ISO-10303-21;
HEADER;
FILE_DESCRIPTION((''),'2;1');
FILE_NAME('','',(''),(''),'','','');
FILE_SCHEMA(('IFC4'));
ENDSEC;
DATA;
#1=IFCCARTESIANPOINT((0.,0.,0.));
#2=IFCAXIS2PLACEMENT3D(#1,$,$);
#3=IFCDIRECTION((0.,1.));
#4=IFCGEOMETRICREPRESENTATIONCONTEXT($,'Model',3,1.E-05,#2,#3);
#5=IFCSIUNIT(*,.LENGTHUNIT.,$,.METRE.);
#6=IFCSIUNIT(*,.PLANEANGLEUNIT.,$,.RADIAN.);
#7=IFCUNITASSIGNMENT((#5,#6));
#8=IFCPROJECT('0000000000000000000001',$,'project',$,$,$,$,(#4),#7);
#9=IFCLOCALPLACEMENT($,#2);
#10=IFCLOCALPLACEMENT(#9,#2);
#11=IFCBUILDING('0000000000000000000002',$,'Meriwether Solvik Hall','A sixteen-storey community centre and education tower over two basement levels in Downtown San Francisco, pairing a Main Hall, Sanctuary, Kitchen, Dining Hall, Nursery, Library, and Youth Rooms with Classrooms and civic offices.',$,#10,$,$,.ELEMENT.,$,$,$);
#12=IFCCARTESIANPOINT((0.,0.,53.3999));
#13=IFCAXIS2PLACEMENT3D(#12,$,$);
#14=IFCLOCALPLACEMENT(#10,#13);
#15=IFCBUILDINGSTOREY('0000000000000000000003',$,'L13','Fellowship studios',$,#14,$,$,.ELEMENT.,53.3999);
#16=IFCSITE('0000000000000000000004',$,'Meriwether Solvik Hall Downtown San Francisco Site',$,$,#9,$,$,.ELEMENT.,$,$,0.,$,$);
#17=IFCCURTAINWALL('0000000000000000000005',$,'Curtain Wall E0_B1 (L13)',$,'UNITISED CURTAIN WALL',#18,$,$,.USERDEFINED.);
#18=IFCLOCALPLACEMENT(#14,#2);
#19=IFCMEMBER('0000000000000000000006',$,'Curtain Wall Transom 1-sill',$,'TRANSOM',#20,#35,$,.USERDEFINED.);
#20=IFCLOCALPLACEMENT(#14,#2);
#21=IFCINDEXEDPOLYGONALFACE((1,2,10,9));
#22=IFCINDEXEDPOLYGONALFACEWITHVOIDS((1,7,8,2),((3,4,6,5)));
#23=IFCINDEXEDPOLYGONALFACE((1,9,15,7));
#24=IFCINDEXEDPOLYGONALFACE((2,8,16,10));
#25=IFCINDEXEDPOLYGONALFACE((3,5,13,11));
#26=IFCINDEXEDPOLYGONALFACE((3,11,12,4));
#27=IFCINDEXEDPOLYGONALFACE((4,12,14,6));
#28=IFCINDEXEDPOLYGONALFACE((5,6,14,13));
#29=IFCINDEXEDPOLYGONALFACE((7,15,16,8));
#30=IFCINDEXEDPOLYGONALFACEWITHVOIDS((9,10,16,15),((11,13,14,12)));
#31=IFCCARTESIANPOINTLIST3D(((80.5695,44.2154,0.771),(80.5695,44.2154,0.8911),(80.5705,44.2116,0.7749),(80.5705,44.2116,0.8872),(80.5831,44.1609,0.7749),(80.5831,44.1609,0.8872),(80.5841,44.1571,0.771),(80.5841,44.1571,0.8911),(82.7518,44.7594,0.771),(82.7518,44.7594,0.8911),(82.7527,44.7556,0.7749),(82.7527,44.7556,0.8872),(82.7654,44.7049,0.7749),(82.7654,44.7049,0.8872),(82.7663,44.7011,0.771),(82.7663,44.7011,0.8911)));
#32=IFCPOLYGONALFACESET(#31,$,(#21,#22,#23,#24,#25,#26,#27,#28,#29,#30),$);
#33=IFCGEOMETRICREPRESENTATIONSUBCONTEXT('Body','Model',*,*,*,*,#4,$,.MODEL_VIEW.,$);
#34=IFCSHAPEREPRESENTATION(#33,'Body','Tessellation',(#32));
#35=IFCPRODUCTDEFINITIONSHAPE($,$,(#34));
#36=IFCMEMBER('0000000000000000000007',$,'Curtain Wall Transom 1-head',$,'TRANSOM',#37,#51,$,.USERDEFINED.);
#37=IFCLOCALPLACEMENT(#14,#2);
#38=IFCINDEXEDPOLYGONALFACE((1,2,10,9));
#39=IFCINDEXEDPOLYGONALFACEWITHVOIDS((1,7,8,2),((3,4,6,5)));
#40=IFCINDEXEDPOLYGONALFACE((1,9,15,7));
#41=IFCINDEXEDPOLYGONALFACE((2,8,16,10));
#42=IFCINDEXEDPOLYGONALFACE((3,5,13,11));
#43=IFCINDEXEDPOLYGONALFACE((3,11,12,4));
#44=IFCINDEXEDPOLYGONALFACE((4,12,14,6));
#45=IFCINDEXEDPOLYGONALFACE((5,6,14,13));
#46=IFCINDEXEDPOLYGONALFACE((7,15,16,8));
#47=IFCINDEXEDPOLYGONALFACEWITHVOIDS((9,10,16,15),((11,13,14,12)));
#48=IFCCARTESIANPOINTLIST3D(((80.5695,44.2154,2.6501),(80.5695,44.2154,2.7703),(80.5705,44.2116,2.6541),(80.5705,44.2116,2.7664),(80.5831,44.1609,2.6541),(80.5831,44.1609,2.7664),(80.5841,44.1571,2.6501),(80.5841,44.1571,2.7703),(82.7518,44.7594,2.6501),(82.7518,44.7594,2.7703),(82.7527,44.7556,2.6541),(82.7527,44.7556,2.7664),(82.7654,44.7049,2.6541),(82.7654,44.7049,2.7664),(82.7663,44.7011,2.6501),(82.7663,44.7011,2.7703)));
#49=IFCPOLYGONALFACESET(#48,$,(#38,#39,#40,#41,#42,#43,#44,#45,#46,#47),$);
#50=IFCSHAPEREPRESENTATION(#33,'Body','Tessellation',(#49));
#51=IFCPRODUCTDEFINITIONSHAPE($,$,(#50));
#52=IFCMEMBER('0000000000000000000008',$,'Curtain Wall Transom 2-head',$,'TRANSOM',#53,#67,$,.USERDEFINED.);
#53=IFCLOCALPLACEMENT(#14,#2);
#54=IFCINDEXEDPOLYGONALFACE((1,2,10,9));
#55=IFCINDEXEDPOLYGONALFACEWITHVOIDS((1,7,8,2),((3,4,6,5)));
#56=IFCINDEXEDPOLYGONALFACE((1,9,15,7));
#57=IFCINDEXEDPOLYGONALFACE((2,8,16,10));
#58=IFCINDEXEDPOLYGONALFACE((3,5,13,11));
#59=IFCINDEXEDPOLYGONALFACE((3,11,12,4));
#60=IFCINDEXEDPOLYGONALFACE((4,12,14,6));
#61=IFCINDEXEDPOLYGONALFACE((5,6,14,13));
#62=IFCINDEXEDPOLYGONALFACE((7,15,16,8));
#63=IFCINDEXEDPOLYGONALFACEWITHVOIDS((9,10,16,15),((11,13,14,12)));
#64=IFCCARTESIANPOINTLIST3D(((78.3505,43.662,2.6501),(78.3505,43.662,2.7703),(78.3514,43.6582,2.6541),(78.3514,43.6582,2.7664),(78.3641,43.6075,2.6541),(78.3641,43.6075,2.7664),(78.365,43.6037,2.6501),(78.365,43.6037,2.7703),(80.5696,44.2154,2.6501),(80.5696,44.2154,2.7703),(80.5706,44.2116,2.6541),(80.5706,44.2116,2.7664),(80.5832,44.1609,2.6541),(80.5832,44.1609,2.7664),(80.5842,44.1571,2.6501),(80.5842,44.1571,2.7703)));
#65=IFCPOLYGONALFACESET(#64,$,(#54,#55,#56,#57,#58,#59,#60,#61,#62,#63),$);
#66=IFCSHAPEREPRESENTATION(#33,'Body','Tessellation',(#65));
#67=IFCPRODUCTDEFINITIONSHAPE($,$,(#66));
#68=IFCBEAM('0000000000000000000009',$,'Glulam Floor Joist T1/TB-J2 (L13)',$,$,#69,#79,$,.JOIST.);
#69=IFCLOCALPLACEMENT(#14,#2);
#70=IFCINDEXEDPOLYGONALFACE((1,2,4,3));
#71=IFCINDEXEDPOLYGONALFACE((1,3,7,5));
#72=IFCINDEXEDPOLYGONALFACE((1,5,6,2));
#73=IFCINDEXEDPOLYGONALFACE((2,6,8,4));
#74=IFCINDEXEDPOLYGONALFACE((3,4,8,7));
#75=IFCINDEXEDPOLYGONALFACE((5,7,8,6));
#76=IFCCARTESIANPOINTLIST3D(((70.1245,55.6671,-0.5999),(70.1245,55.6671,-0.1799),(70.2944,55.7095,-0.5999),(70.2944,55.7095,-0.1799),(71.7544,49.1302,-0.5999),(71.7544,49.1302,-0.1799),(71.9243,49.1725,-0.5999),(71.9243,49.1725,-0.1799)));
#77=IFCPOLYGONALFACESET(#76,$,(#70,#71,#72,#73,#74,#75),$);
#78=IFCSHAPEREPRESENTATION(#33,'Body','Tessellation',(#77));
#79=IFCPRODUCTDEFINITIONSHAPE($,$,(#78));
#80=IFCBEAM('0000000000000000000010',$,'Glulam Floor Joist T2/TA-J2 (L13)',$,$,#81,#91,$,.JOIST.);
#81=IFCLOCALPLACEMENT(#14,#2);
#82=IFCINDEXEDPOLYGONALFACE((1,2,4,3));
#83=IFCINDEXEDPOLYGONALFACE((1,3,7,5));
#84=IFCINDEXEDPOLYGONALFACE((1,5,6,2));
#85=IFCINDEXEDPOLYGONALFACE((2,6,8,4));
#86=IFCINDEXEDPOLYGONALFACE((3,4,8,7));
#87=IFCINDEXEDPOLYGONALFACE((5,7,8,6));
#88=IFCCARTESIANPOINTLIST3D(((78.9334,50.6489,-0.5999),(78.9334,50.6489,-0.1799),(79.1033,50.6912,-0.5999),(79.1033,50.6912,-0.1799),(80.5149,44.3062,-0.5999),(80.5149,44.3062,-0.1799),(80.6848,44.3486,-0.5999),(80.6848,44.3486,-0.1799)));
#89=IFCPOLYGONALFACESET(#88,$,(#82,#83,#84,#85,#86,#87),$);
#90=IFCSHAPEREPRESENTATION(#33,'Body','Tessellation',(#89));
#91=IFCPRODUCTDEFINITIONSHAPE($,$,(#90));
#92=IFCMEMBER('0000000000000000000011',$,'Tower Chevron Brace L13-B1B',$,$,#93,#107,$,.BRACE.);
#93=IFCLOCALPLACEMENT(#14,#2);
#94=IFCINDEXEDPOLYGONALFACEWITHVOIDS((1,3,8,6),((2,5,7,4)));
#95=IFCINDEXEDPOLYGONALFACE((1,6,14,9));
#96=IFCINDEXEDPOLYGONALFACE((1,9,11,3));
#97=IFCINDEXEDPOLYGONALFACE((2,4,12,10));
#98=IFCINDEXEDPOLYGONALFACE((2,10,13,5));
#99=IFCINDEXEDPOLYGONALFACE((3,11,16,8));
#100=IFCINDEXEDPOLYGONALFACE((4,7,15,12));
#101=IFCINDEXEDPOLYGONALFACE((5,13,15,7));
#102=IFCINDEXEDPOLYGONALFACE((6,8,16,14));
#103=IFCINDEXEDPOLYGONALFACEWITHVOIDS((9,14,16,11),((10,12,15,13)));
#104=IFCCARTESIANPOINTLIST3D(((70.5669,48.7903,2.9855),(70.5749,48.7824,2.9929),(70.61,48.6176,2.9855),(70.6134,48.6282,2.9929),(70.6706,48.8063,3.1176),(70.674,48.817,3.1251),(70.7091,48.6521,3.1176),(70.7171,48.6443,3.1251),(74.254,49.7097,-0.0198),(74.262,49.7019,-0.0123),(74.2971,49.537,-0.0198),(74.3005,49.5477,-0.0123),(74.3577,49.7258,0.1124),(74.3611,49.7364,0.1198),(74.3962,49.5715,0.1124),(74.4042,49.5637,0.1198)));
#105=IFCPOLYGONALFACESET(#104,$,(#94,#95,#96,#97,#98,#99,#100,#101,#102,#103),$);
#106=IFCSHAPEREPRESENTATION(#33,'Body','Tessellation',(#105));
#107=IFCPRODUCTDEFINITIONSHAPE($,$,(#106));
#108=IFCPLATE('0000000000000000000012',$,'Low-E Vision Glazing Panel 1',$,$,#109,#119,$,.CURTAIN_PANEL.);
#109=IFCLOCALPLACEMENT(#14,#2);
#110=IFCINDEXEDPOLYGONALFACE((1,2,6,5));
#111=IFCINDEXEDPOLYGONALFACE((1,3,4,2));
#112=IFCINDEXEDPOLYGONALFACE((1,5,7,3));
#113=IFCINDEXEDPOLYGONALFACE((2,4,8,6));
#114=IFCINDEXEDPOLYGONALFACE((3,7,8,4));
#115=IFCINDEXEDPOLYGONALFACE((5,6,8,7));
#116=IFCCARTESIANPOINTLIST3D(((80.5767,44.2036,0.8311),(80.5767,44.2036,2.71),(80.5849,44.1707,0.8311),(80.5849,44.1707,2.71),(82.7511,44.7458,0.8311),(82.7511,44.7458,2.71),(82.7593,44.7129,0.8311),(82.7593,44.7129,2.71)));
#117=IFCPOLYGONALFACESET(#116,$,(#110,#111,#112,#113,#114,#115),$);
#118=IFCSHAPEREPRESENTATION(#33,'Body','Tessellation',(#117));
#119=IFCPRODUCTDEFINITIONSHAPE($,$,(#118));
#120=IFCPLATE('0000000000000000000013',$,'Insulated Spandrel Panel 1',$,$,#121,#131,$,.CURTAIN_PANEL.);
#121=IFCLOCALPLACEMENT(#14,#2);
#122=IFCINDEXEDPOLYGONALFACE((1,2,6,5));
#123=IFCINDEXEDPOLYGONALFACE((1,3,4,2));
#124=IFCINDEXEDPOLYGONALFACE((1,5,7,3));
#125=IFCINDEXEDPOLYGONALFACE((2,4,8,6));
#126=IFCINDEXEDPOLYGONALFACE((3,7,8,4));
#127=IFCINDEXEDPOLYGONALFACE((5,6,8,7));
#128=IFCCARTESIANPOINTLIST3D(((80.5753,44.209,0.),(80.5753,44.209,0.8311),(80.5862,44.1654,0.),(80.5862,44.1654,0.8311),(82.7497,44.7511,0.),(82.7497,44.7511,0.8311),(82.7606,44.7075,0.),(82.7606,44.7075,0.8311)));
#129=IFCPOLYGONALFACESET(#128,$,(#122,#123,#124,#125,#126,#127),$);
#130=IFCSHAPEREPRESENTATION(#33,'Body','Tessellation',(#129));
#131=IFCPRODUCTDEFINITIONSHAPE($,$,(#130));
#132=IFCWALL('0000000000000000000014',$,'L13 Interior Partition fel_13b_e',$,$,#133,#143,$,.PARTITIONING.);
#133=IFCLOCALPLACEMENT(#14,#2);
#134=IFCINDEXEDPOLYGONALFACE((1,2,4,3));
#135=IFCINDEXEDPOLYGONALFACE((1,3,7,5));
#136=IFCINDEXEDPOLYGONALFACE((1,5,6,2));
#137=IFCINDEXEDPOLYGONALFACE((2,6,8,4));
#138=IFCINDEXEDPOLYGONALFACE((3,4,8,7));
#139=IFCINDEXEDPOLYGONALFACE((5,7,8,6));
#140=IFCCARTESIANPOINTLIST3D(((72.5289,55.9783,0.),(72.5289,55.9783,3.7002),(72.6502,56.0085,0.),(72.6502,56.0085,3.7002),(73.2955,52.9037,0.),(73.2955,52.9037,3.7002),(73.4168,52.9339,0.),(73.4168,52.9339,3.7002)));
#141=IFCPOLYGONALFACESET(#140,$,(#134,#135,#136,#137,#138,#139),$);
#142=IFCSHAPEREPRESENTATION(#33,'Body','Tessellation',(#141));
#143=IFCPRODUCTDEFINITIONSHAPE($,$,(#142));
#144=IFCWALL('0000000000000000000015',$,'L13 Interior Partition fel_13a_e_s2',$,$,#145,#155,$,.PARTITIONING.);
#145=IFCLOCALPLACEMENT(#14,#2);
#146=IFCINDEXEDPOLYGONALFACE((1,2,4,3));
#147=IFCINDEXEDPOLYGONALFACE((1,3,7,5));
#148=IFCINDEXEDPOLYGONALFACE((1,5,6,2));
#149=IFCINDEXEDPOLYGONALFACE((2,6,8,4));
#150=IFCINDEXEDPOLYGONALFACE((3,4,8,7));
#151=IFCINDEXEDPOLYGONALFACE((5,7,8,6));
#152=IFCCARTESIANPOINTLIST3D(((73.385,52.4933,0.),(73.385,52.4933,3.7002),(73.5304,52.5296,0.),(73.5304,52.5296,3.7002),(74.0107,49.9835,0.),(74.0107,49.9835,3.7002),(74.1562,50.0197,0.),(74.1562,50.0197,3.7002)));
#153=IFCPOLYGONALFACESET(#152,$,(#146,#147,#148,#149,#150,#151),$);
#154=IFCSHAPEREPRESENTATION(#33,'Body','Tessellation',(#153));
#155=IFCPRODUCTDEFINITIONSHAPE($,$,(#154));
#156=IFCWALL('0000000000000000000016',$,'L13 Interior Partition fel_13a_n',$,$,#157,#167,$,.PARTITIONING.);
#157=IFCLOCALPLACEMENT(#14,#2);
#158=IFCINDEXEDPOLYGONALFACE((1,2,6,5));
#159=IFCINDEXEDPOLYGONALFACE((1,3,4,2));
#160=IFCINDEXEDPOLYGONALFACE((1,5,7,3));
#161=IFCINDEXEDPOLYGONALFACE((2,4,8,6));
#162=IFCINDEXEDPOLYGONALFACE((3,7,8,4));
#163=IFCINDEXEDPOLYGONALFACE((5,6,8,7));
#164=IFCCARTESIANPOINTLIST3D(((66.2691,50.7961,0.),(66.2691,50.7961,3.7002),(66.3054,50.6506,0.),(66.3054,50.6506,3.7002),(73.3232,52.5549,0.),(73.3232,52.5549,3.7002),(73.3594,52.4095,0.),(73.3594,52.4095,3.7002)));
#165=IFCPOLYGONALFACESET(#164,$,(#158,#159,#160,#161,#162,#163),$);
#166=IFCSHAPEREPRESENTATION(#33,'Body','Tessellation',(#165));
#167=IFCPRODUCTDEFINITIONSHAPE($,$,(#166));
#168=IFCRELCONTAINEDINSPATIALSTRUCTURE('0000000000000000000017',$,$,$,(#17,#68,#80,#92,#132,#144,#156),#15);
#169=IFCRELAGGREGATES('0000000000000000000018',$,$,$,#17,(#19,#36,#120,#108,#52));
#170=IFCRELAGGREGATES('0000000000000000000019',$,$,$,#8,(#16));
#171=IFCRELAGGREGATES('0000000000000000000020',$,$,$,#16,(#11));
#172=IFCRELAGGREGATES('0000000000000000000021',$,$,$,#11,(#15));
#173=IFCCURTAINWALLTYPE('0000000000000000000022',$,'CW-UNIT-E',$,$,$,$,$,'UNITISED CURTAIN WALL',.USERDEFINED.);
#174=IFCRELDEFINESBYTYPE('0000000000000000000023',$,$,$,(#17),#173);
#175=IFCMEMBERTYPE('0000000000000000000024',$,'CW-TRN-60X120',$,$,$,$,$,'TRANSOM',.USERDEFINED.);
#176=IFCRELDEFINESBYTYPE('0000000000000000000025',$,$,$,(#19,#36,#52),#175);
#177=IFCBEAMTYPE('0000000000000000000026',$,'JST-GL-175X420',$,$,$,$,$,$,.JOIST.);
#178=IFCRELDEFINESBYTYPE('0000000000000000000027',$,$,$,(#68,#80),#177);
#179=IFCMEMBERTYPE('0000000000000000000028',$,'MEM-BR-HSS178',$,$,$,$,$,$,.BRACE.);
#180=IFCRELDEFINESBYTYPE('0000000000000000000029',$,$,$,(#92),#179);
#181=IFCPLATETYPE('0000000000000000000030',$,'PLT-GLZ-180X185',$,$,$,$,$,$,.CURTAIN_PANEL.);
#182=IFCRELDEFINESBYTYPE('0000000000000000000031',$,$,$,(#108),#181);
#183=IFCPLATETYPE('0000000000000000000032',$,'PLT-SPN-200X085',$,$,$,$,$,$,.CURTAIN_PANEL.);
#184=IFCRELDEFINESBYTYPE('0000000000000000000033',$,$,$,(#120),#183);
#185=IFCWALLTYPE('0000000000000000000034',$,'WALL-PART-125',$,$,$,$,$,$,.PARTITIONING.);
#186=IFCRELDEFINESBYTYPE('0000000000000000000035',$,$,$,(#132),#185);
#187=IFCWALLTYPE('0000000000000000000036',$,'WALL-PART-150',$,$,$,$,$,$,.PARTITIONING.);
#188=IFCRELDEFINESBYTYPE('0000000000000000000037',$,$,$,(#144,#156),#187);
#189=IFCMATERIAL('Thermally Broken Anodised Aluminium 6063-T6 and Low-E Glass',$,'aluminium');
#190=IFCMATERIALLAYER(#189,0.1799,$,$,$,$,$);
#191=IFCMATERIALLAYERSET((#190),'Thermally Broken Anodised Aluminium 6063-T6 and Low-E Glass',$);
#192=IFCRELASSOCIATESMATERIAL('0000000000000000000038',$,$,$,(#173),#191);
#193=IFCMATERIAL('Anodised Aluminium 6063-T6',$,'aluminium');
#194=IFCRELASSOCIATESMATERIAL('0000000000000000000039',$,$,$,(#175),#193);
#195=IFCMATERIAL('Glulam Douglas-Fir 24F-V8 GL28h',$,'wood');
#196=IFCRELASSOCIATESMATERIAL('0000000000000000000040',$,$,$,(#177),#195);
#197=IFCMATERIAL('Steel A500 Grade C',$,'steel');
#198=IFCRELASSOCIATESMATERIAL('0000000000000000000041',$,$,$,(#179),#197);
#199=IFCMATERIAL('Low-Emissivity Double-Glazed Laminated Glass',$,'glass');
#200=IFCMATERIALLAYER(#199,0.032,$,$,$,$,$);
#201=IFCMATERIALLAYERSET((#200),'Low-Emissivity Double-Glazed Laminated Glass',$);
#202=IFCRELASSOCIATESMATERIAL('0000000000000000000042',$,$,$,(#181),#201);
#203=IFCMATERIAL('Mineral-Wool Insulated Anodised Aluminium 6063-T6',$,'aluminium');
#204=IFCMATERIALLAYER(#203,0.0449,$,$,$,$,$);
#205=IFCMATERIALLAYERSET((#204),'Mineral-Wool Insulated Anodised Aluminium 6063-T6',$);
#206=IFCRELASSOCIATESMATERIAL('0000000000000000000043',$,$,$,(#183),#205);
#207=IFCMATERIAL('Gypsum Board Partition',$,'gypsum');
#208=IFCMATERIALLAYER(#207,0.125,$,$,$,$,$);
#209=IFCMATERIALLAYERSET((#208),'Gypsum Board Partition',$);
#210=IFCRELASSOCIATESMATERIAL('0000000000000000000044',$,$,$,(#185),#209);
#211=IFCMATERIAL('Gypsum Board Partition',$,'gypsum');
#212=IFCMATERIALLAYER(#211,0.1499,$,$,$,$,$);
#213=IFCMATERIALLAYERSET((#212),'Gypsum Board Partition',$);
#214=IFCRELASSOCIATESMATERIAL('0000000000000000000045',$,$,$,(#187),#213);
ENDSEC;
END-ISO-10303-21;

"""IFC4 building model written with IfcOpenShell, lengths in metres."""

from ifc_helpers import new_model, si_unit, direction, frame, frame_2d, origin, origin_2d, place, context, subcontext, project, spatial, rectangle, hollow_rectangle, extrude, material, layer, layer_set, material_profile, profile_set, type_object, element, aggregate, save


model = new_model("IFC4")

# Units and contexts
model_context = context("Model", 3, precision=1e-05, world=origin(), true_north=direction((0.0, 1.0)))
body_context = subcontext(model_context, "Body", "Model", "MODEL_VIEW")
ifc_project = project(units=[si_unit("LENGTHUNIT", "METRE"), si_unit("PLANEANGLEUNIT", "RADIAN")], contexts=[model_context])

# Site, building, storey
site_placement = place(None, origin())
site = spatial("IfcSite", under=ifc_project, at=site_placement, Name="Meriwether Solvik Hall Downtown San Francisco Site", CompositionType="ELEMENT", RefElevation=0.0)
building_placement = place(site_placement, origin())
building = spatial("IfcBuilding", under=site, at=building_placement, Name="Meriwether Solvik Hall", Description="A sixteen-storey community centre and education tower over two basement levels in Downtown San Francisco, pairing a Main Hall, Sanctuary, Kitchen, Dining Hall, Nursery, Library, and Youth Rooms with Classrooms and civic offices.", CompositionType="ELEMENT")
storey_placement = place(building_placement, frame((0.0, 0.0, 53.3999)))
storey = spatial("IfcBuildingStorey", under=building, at=storey_placement, Name="L13", Description="Fellowship studios", CompositionType="ELEMENT", Elevation=53.3999)

# Curtain wall
ifc_material_1 = material(Name="Thermally Broken Anodised Aluminium 6063-T6 and Low-E Glass", Category="aluminium")
ifc_layer_1 = layer(ifc_material_1, 0.1799)
ifc_layer_set_1 = layer_set([ifc_layer_1], Name="Thermally Broken Anodised Aluminium 6063-T6 and Low-E Glass")
curtain_wall_type_1 = type_object("IfcCurtainWallType", Name="CW-UNIT-E", ElementType="UNITISED CURTAIN WALL", PredefinedType="USERDEFINED", material=ifc_layer_set_1)
curtain_wall_1_placement = place(storey_placement, origin())
curtain_wall_1 = element("IfcCurtainWall", 1, at=curtain_wall_1_placement, inside=storey, type_object=curtain_wall_type_1, Name="Curtain Wall E0_B1 (L13)", ObjectType="UNITISED CURTAIN WALL", PredefinedType="USERDEFINED")

# Members
ifc_material_2 = material(Name="Anodised Aluminium 6063-T6", Category="aluminium")
ifc_material_profile_1 = material_profile(ifc_material_2, hollow_rectangle(XDim=0.0601, YDim=0.1201, WallThickness=0.0039, at=origin_2d()), Name="CWT-60X120")
ifc_profile_set_1 = profile_set([ifc_material_profile_1], Name="Anodised Aluminium 6063-T6")
member_type_1 = type_object("IfcMemberType", Name="CW-TRN-60X120", ElementType="TRANSOM", PredefinedType="USERDEFINED", material=ifc_profile_set_1)
member_1_placement = place(storey_placement, frame((82.759, 44.7302, 0.8311), z_axis=(-0.970308, -0.241871, 0.0), x_axis=(0.241871, -0.970308, 0.0)))
member_1 = element("IfcMember", 2, at=member_1_placement, type_object=member_type_1, Name="Curtain Wall Transom 1-sill", ObjectType="TRANSOM", PredefinedType="USERDEFINED", context=body_context, shape_type="SweptSolid", body=[
    extrude(hollow_rectangle(XDim=0.0601, YDim=0.1201, WallThickness=0.0039, at=origin_2d()), origin(), (0.0, 0.0, 1.0), 2.249),
])
member_2_placement = place(storey_placement, frame((82.759, 44.7302, 2.7102), z_axis=(-0.970308, -0.241871, 0.0), x_axis=(0.241871, -0.970308, 0.0)))
member_2 = element("IfcMember", 3, at=member_2_placement, type_object=member_type_1, Name="Curtain Wall Transom 1-head", ObjectType="TRANSOM", PredefinedType="USERDEFINED", context=body_context, shape_type="SweptSolid", body=[
    extrude(hollow_rectangle(XDim=0.0601, YDim=0.1201, WallThickness=0.0039, at=origin_2d()), origin(), (0.0, 0.0, 1.0), 2.249),
])
member_3_placement = place(storey_placement, frame((80.5769, 44.1863, 2.7102), z_axis=(-0.97028, -0.241983, 0.0), x_axis=(0.241983, -0.97028, 0.0)))
member_3 = element("IfcMember", 4, at=member_3_placement, type_object=member_type_1, Name="Curtain Wall Transom 2-head", ObjectType="TRANSOM", PredefinedType="USERDEFINED", context=body_context, shape_type="SweptSolid", body=[
    extrude(hollow_rectangle(XDim=0.0601, YDim=0.1201, WallThickness=0.0039, at=origin_2d()), origin(), (0.0, 0.0, 1.0), 2.2871),
])

# Beams
ifc_material_3 = material(Name="Glulam Douglas-Fir 24F-V8 GL28h", Category="wood")
ifc_material_profile_2 = material_profile(ifc_material_3, rectangle(XDim=0.175, YDim=0.4199, at=origin_2d()), Name="GLJ-175X420")
ifc_profile_set_2 = profile_set([ifc_material_profile_2], Name="Glulam Douglas-Fir 24F-V8 GL28h")
beam_type_1 = type_object("IfcBeamType", Name="JST-GL-175X420", PredefinedType="JOIST", material=ifc_profile_set_2)
beam_1_placement = place(storey_placement, frame((71.8394, 49.1514, -0.3899), z_axis=(-0.24193, 0.970294, 0.0), x_axis=(-0.970294, -0.24193, 0.0)))
element("IfcBeam", 5, at=beam_1_placement, inside=storey, type_object=beam_type_1, Name="Glulam Floor Joist T1/TB-J2 (L13)", PredefinedType="JOIST", context=body_context, shape_type="SweptSolid", body=[
    extrude(rectangle(XDim=0.175, YDim=0.4199, at=origin_2d()), origin(), (0.0, 0.0, 1.0), 6.7371),
])
beam_2_placement = place(storey_placement, frame((80.5999, 44.3274, -0.3899), z_axis=(-0.241938, 0.970292, 0.0), x_axis=(-0.970292, -0.241938, 0.0)))
element("IfcBeam", 6, at=beam_2_placement, inside=storey, type_object=beam_type_1, Name="Glulam Floor Joist T2/TA-J2 (L13)", PredefinedType="JOIST", context=body_context, shape_type="SweptSolid", body=[
    extrude(rectangle(XDim=0.175, YDim=0.4199, at=origin_2d()), origin(), (0.0, 0.0, 1.0), 6.5369),
])

# Member
ifc_material_4 = material(Name="Steel A500 Grade C", Category="steel")
ifc_material_profile_3 = material_profile(ifc_material_4, hollow_rectangle(XDim=0.178, YDim=0.178, WallThickness=0.0095, at=origin_2d()), Name="HSS178X178X9.5")
ifc_profile_set_3 = profile_set([ifc_material_profile_3], Name="Steel A500 Grade C")
member_type_2 = type_object("IfcMemberType", Name="MEM-BR-HSS178", PredefinedType="BRACE", material=ifc_profile_set_3)
member_4_placement = place(storey_placement, frame((74.3291, 49.6367, 0.05), z_axis=(-0.761055, -0.189785, 0.620304), x_axis=(0.241961, -0.970286, 0.0)))
element("IfcMember", 7, at=member_4_placement, inside=storey, type_object=member_type_2, Name="Tower Chevron Brace L13-B1B", PredefinedType="BRACE", context=body_context, shape_type="SweptSolid", body=[
    extrude(hollow_rectangle(XDim=0.178, YDim=0.178, WallThickness=0.0095, at=origin_2d()), origin(), (0.0, 0.0, 1.0), 4.8447),
])

# Plates
ifc_material_5 = material(Name="Low-Emissivity Double-Glazed Laminated Glass", Category="glass")
ifc_layer_2 = layer(ifc_material_5, 0.032)
ifc_layer_set_2 = layer_set([ifc_layer_2], Name="Low-Emissivity Double-Glazed Laminated Glass")
plate_type_1 = type_object("IfcPlateType", Name="PLT-GLZ-180X185", PredefinedType="CURTAIN_PANEL", material=ifc_layer_set_2)
plate_1_placement = place(storey_placement, frame((81.668, 44.4583, 0.8311), z_axis=(0.0, 0.0, 1.0), x_axis=(-0.970296, -0.241922, 0.0)))
plate_1 = element("IfcPlate", 8, at=plate_1_placement, type_object=plate_type_1, Name="Low-E Vision Glazing Panel 1", PredefinedType="CURTAIN_PANEL", context=body_context, shape_type="SweptSolid", body=[
    extrude(rectangle(XDim=2.241, YDim=0.0339, at=origin_2d()), origin(), (0.0, 0.0, 1.0), 1.8789),
])
ifc_material_6 = material(Name="Mineral-Wool Insulated Anodised Aluminium 6063-T6", Category="aluminium")
ifc_layer_3 = layer(ifc_material_6, 0.0449)
ifc_layer_set_3 = layer_set([ifc_layer_3], Name="Mineral-Wool Insulated Anodised Aluminium 6063-T6")
plate_type_2 = type_object("IfcPlateType", Name="PLT-SPN-200X085", PredefinedType="CURTAIN_PANEL", material=ifc_layer_set_3)
plate_2_placement = place(storey_placement, frame((81.668, 44.4583, 0.0), z_axis=(0.0, 0.0, 1.0), x_axis=(-0.970296, -0.241922, 0.0)))
plate_2 = element("IfcPlate", 9, at=plate_2_placement, type_object=plate_type_2, Name="Insulated Spandrel Panel 1", PredefinedType="CURTAIN_PANEL", context=body_context, shape_type="SweptSolid", body=[
    extrude(rectangle(XDim=2.241, YDim=0.0449, at=origin_2d()), origin(), (0.0, 0.0, 1.0), 0.8311),
])
aggregate(curtain_wall_1, [member_1, member_2, plate_2, plate_1, member_3])

# Walls
ifc_material_7 = material(Name="Gypsum Board Partition", Category="gypsum")
ifc_layer_4 = layer(ifc_material_7, 0.125)
ifc_layer_set_4 = layer_set([ifc_layer_4], Name="Gypsum Board Partition")
wall_type_1 = type_object("IfcWallType", Name="WALL-PART-125", PredefinedType="PARTITIONING", material=ifc_layer_set_4)
wall_1_placement = place(storey_placement, frame((73.3562, 52.9187, 0.0), z_axis=(0.0, 0.0, 1.0), x_axis=(-0.241937, 0.970292, 0.0)))
element("IfcWall", 10, at=wall_1_placement, inside=storey, type_object=wall_type_1, Name="L13 Interior Partition fel_13b_e", PredefinedType="PARTITIONING", context=body_context, shape_type="SweptSolid", body=[
    extrude(rectangle(XDim=3.1687, YDim=0.125, at=frame_2d((1.5845, 0.0))), origin(), (0.0, 0.0, 1.0), 3.7002),
])
ifc_material_8 = material(Name="Gypsum Board Partition", Category="gypsum")
ifc_layer_5 = layer(ifc_material_8, 0.1499)
ifc_layer_set_5 = layer_set([ifc_layer_5], Name="Gypsum Board Partition")
wall_type_2 = type_object("IfcWallType", Name="WALL-PART-150", PredefinedType="PARTITIONING", material=ifc_layer_set_5)
wall_2_placement = place(storey_placement, frame((74.0835, 50.0015, 0.0), z_axis=(0.0, 0.0, 1.0), x_axis=(-0.241914, 0.970298, 0.0)))
element("IfcWall", 11, at=wall_2_placement, inside=storey, type_object=wall_type_2, Name="L13 Interior Partition fel_13a_e_s2", PredefinedType="PARTITIONING", context=body_context, shape_type="SweptSolid", body=[
    extrude(rectangle(XDim=2.5867, YDim=0.1499, at=frame_2d((1.2935, 0.0))), origin(), (0.0, 0.0, 1.0), 3.7002),
])
wall_3_placement = place(storey_placement, frame((73.3413, 52.4822, 0.0), z_axis=(0.0, 0.0, 1.0), x_axis=(-0.970294, -0.241927, 0.0)))
element("IfcWall", 12, at=wall_3_placement, inside=storey, type_object=wall_type_2, Name="L13 Interior Partition fel_13a_n", PredefinedType="PARTITIONING", context=body_context, shape_type="SweptSolid", body=[
    extrude(rectangle(XDim=7.27, YDim=0.1499, at=frame_2d((3.635, 0.0))), origin(), (0.0, 0.0, 1.0), 3.7002),
])

save(model, "model.ifc")
